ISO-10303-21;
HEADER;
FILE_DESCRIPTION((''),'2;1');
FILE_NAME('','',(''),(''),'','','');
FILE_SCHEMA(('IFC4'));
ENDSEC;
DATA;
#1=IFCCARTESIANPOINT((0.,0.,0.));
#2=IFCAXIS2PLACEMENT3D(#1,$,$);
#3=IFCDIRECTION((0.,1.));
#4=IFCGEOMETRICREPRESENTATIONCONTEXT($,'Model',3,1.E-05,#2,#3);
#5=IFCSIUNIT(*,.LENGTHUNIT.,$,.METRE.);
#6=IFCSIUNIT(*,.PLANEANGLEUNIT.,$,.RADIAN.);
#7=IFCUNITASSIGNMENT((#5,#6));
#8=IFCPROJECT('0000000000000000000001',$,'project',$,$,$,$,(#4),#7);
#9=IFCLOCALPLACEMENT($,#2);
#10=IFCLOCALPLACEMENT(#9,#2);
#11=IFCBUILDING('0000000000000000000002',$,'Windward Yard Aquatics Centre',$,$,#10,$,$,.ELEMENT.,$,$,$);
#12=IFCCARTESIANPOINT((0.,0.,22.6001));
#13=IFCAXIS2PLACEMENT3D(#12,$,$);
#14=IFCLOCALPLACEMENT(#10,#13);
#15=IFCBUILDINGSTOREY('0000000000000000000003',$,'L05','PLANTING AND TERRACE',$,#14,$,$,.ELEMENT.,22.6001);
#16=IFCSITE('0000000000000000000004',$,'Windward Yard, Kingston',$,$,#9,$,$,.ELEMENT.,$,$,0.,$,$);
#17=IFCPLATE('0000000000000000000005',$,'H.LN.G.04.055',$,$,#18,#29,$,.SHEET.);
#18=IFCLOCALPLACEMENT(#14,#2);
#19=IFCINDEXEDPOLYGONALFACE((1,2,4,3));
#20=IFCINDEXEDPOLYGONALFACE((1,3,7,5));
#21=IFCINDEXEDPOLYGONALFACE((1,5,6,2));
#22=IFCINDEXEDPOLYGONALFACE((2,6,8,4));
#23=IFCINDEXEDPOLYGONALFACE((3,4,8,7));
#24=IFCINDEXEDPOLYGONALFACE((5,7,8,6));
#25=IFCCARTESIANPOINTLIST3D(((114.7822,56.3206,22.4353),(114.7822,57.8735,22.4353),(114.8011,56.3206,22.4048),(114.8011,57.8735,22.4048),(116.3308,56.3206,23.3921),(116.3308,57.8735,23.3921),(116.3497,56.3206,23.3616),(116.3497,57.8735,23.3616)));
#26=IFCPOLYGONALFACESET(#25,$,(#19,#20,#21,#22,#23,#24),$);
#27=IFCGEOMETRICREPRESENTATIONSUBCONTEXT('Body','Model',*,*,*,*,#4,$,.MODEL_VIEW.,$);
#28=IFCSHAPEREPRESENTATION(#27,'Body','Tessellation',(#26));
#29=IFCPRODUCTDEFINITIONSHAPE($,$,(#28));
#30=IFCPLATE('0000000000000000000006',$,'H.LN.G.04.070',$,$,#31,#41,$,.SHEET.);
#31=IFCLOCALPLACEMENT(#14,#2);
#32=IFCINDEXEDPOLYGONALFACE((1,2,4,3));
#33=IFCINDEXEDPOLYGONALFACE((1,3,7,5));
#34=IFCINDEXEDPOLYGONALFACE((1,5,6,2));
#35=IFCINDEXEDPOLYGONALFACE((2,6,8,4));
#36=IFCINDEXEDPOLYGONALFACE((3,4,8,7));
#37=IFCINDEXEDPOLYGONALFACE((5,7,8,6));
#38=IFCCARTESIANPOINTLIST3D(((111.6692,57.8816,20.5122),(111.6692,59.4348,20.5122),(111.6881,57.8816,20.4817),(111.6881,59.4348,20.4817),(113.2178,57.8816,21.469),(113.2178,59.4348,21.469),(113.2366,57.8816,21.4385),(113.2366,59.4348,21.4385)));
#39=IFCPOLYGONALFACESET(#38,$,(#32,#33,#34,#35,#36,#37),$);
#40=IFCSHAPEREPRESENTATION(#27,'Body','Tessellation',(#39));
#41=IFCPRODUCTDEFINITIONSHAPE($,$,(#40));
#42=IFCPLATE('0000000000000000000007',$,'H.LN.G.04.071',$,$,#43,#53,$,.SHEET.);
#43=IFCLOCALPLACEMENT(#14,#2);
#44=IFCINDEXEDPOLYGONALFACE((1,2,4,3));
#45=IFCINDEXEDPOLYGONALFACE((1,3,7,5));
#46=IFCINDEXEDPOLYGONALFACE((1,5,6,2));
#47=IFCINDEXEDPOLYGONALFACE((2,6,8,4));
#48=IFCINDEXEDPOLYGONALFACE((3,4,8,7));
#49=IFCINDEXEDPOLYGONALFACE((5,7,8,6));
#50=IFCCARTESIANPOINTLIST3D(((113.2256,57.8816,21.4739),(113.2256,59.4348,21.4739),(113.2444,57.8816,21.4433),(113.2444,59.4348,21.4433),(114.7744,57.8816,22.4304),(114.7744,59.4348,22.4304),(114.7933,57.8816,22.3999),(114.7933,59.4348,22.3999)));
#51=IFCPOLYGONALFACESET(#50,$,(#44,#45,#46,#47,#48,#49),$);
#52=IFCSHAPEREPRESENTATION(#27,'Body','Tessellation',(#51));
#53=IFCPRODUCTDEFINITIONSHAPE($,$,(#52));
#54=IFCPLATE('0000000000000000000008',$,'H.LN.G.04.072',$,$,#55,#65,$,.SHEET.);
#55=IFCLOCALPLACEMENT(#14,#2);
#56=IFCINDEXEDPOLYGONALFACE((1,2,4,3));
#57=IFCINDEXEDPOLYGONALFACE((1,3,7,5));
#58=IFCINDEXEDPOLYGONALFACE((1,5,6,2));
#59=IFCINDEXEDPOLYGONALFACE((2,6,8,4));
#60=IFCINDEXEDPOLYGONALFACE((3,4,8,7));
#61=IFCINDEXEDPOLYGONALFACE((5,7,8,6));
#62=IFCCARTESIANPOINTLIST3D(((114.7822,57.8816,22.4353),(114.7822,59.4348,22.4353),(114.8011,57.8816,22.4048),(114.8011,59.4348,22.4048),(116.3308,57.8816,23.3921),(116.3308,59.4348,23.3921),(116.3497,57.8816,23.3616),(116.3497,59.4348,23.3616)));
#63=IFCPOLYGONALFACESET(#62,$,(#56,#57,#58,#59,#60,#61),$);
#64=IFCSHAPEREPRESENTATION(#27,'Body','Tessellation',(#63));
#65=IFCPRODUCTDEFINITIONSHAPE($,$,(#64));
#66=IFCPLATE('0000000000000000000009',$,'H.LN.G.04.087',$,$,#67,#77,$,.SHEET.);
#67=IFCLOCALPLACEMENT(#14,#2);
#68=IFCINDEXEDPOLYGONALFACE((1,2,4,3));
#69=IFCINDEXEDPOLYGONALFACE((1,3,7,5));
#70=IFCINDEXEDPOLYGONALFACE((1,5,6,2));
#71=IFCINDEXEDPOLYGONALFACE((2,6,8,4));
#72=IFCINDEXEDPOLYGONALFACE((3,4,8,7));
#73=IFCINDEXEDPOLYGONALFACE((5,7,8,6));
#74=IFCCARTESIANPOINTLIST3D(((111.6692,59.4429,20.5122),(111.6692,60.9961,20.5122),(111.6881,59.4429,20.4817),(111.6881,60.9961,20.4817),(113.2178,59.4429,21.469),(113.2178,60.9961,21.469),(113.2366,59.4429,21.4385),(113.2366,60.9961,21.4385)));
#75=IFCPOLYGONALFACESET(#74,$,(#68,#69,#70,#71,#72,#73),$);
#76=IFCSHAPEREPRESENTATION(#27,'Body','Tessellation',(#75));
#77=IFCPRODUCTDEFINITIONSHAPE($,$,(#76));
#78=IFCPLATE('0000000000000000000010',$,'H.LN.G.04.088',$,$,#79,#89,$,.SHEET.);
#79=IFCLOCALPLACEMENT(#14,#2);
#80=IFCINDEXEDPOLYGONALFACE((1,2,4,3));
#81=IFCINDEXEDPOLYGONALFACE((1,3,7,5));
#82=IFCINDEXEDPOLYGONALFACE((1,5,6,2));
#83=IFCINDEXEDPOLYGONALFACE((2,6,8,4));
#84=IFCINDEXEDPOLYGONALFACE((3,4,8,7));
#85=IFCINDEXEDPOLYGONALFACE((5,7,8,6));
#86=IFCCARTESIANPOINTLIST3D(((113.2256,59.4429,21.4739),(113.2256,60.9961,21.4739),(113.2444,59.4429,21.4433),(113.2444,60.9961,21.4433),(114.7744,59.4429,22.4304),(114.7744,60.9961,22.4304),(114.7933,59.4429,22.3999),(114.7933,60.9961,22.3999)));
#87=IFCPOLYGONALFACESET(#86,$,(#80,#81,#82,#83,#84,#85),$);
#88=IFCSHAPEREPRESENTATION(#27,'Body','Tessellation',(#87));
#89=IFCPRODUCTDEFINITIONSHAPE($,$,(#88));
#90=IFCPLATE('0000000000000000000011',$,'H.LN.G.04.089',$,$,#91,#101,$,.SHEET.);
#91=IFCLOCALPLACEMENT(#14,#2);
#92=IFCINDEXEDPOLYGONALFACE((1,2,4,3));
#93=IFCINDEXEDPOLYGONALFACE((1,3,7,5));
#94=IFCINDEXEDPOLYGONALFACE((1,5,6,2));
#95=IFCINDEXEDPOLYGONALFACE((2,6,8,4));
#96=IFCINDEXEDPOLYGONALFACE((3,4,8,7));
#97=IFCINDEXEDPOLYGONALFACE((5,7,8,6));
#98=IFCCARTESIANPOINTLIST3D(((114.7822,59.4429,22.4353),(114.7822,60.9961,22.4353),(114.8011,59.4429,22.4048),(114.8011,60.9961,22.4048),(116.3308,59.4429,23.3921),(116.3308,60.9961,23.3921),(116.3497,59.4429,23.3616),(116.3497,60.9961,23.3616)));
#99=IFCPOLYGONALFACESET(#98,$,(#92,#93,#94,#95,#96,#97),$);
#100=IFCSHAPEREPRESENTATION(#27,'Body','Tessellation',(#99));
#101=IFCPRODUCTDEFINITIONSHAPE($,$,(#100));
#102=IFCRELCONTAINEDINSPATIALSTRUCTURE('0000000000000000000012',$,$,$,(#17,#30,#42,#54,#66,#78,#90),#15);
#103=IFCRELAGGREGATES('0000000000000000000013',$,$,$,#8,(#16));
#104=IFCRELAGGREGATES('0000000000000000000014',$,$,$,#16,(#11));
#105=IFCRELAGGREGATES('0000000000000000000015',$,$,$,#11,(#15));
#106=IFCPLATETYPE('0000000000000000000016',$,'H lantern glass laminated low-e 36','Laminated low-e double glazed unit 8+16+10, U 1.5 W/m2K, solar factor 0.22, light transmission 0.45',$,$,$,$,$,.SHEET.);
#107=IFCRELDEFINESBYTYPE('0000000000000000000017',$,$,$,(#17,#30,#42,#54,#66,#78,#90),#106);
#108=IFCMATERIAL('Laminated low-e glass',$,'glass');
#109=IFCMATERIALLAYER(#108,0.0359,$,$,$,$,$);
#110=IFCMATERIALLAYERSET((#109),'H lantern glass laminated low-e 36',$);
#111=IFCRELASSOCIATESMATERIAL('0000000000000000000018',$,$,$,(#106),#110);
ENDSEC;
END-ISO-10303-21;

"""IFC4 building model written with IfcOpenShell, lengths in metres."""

from ifc_helpers import new_model, si_unit, direction, frame, origin, place, context, subcontext, project, spatial, polyline, outline, extrude, material, layer, layer_set, type_object, element, save


model = new_model("IFC4")

# Units and contexts
model_context = context("Model", 3, precision=1e-05, world=origin(), true_north=direction((0.0, 1.0)))
body_context = subcontext(model_context, "Body", "Model", "MODEL_VIEW")
ifc_project = project(units=[si_unit("LENGTHUNIT", "METRE"), si_unit("PLANEANGLEUNIT", "RADIAN")], contexts=[model_context])

# Site, building, storey
site_placement = place(None, origin())
site = spatial("IfcSite", under=ifc_project, at=site_placement, Name="Windward Yard, Kingston", CompositionType="ELEMENT", RefElevation=0.0)
building_placement = place(site_placement, origin())
building = spatial("IfcBuilding", under=site, at=building_placement, Name="Windward Yard Aquatics Centre", CompositionType="ELEMENT")
storey_placement = place(building_placement, frame((0.0, 0.0, 22.6001)))
storey = spatial("IfcBuildingStorey", under=building, at=storey_placement, Name="L05", Description="PLANTING AND TERRACE", CompositionType="ELEMENT", Elevation=22.6001)

# Plates
ifc_material_1 = material(Name="Laminated low-e glass", Category="glass")
ifc_layer = layer(ifc_material_1, 0.0359)
ifc_layer_set = layer_set([ifc_layer], Name="H lantern glass laminated low-e 36")
plate_type = type_object("IfcPlateType", Name="H lantern glass laminated low-e 36", Description="Laminated low-e double glazed unit 8+16+10, U 1.5 W/m2K, solar factor 0.22, light transmission 0.45", PredefinedType="SHEET", material=ifc_layer_set)
plate_1_placement = place(storey_placement, frame((114.7822, 56.3206, 22.4353), z_axis=(-0.525616, 0.0, 0.850722), x_axis=(0.0, 1.0, 0.0)))
element("IfcPlate", 1, at=plate_1_placement, inside=storey, type_object=plate_type, Name="H.LN.G.04.055", PredefinedType="SHEET", context=body_context, shape_type="SweptSolid", body=[
    extrude(outline(polyline([(0.0, 0.0), (1.553, 0.0), (1.553, -1.8203), (0.0, -1.8203), (0.0, 0.0)])), origin(), (0.0, 0.0, -1.0), 0.0359),
])
plate_2_placement = place(storey_placement, frame((111.6692, 57.8816, 20.5122), z_axis=(-0.525616, 0.0, 0.850722), x_axis=(0.0, 1.0, 0.0)))
element("IfcPlate", 2, at=plate_2_placement, inside=storey, type_object=plate_type, Name="H.LN.G.04.070", PredefinedType="SHEET", context=body_context, shape_type="SweptSolid", body=[
    extrude(outline(polyline([(0.0, 0.0), (1.5532, 0.0), (1.5532, -1.8203), (0.0, -1.8203), (0.0, 0.0)])), origin(), (0.0, 0.0, -1.0), 0.0359),
])
plate_3_placement = place(storey_placement, frame((113.2256, 57.8816, 21.4739), z_axis=(-0.525459, 0.0, 0.850819), x_axis=(0.0, 1.0, 0.0)))
element("IfcPlate", 3, at=plate_3_placement, inside=storey, type_object=plate_type, Name="H.LN.G.04.071", PredefinedType="SHEET", context=body_context, shape_type="SweptSolid", body=[
    extrude(outline(polyline([(0.0, 0.0), (1.5532, 0.0), (1.5532, -1.8204), (0.0, -1.8204), (0.0, 0.0)])), origin(), (0.0, 0.0, -1.0), 0.0359),
])
for number, where, z_axis, x_axis, name in (
    (4, (114.7822, 57.8816, 22.4353), (-0.525616, 0.0, 0.850722), (0.0, 1.0, 0.0), "H.LN.G.04.072"),
    (5, (111.6692, 59.4429, 20.5122), (-0.525616, 0.0, 0.850722), (0.0, 1.0, 0.0), "H.LN.G.04.087"),
):
    element("IfcPlate", number, at=place(storey_placement, frame(where, z_axis=z_axis, x_axis=x_axis)), inside=storey, type_object=plate_type, Name=name, PredefinedType="SHEET", context=body_context, shape_type="SweptSolid", body=[
        extrude(outline(polyline([(0.0, 0.0), (1.5532, 0.0), (1.5532, -1.8203), (0.0, -1.8203), (0.0, 0.0)])), origin(), (0.0, 0.0, -1.0), 0.0359),
    ])
plate_4_placement = place(storey_placement, frame((113.2256, 59.4429, 21.4739), z_axis=(-0.525459, 0.0, 0.850819), x_axis=(0.0, 1.0, 0.0)))
element("IfcPlate", 6, at=plate_4_placement, inside=storey, type_object=plate_type, Name="H.LN.G.04.088", PredefinedType="SHEET", context=body_context, shape_type="SweptSolid", body=[
    extrude(outline(polyline([(0.0, 0.0), (1.5532, 0.0), (1.5532, -1.8204), (0.0, -1.8204), (0.0, 0.0)])), origin(), (0.0, 0.0, -1.0), 0.0359),
])
plate_5_placement = place(storey_placement, frame((114.7822, 59.4429, 22.4353), z_axis=(-0.525616, 0.0, 0.850722), x_axis=(0.0, 1.0, 0.0)))
element("IfcPlate", 7, at=plate_5_placement, inside=storey, type_object=plate_type, Name="H.LN.G.04.089", PredefinedType="SHEET", context=body_context, shape_type="SweptSolid", body=[
    extrude(outline(polyline([(0.0, 0.0), (1.5532, 0.0), (1.5532, -1.8203), (0.0, -1.8203), (0.0, 0.0)])), origin(), (0.0, 0.0, -1.0), 0.0359),
])

save(model, "model.ifc")
